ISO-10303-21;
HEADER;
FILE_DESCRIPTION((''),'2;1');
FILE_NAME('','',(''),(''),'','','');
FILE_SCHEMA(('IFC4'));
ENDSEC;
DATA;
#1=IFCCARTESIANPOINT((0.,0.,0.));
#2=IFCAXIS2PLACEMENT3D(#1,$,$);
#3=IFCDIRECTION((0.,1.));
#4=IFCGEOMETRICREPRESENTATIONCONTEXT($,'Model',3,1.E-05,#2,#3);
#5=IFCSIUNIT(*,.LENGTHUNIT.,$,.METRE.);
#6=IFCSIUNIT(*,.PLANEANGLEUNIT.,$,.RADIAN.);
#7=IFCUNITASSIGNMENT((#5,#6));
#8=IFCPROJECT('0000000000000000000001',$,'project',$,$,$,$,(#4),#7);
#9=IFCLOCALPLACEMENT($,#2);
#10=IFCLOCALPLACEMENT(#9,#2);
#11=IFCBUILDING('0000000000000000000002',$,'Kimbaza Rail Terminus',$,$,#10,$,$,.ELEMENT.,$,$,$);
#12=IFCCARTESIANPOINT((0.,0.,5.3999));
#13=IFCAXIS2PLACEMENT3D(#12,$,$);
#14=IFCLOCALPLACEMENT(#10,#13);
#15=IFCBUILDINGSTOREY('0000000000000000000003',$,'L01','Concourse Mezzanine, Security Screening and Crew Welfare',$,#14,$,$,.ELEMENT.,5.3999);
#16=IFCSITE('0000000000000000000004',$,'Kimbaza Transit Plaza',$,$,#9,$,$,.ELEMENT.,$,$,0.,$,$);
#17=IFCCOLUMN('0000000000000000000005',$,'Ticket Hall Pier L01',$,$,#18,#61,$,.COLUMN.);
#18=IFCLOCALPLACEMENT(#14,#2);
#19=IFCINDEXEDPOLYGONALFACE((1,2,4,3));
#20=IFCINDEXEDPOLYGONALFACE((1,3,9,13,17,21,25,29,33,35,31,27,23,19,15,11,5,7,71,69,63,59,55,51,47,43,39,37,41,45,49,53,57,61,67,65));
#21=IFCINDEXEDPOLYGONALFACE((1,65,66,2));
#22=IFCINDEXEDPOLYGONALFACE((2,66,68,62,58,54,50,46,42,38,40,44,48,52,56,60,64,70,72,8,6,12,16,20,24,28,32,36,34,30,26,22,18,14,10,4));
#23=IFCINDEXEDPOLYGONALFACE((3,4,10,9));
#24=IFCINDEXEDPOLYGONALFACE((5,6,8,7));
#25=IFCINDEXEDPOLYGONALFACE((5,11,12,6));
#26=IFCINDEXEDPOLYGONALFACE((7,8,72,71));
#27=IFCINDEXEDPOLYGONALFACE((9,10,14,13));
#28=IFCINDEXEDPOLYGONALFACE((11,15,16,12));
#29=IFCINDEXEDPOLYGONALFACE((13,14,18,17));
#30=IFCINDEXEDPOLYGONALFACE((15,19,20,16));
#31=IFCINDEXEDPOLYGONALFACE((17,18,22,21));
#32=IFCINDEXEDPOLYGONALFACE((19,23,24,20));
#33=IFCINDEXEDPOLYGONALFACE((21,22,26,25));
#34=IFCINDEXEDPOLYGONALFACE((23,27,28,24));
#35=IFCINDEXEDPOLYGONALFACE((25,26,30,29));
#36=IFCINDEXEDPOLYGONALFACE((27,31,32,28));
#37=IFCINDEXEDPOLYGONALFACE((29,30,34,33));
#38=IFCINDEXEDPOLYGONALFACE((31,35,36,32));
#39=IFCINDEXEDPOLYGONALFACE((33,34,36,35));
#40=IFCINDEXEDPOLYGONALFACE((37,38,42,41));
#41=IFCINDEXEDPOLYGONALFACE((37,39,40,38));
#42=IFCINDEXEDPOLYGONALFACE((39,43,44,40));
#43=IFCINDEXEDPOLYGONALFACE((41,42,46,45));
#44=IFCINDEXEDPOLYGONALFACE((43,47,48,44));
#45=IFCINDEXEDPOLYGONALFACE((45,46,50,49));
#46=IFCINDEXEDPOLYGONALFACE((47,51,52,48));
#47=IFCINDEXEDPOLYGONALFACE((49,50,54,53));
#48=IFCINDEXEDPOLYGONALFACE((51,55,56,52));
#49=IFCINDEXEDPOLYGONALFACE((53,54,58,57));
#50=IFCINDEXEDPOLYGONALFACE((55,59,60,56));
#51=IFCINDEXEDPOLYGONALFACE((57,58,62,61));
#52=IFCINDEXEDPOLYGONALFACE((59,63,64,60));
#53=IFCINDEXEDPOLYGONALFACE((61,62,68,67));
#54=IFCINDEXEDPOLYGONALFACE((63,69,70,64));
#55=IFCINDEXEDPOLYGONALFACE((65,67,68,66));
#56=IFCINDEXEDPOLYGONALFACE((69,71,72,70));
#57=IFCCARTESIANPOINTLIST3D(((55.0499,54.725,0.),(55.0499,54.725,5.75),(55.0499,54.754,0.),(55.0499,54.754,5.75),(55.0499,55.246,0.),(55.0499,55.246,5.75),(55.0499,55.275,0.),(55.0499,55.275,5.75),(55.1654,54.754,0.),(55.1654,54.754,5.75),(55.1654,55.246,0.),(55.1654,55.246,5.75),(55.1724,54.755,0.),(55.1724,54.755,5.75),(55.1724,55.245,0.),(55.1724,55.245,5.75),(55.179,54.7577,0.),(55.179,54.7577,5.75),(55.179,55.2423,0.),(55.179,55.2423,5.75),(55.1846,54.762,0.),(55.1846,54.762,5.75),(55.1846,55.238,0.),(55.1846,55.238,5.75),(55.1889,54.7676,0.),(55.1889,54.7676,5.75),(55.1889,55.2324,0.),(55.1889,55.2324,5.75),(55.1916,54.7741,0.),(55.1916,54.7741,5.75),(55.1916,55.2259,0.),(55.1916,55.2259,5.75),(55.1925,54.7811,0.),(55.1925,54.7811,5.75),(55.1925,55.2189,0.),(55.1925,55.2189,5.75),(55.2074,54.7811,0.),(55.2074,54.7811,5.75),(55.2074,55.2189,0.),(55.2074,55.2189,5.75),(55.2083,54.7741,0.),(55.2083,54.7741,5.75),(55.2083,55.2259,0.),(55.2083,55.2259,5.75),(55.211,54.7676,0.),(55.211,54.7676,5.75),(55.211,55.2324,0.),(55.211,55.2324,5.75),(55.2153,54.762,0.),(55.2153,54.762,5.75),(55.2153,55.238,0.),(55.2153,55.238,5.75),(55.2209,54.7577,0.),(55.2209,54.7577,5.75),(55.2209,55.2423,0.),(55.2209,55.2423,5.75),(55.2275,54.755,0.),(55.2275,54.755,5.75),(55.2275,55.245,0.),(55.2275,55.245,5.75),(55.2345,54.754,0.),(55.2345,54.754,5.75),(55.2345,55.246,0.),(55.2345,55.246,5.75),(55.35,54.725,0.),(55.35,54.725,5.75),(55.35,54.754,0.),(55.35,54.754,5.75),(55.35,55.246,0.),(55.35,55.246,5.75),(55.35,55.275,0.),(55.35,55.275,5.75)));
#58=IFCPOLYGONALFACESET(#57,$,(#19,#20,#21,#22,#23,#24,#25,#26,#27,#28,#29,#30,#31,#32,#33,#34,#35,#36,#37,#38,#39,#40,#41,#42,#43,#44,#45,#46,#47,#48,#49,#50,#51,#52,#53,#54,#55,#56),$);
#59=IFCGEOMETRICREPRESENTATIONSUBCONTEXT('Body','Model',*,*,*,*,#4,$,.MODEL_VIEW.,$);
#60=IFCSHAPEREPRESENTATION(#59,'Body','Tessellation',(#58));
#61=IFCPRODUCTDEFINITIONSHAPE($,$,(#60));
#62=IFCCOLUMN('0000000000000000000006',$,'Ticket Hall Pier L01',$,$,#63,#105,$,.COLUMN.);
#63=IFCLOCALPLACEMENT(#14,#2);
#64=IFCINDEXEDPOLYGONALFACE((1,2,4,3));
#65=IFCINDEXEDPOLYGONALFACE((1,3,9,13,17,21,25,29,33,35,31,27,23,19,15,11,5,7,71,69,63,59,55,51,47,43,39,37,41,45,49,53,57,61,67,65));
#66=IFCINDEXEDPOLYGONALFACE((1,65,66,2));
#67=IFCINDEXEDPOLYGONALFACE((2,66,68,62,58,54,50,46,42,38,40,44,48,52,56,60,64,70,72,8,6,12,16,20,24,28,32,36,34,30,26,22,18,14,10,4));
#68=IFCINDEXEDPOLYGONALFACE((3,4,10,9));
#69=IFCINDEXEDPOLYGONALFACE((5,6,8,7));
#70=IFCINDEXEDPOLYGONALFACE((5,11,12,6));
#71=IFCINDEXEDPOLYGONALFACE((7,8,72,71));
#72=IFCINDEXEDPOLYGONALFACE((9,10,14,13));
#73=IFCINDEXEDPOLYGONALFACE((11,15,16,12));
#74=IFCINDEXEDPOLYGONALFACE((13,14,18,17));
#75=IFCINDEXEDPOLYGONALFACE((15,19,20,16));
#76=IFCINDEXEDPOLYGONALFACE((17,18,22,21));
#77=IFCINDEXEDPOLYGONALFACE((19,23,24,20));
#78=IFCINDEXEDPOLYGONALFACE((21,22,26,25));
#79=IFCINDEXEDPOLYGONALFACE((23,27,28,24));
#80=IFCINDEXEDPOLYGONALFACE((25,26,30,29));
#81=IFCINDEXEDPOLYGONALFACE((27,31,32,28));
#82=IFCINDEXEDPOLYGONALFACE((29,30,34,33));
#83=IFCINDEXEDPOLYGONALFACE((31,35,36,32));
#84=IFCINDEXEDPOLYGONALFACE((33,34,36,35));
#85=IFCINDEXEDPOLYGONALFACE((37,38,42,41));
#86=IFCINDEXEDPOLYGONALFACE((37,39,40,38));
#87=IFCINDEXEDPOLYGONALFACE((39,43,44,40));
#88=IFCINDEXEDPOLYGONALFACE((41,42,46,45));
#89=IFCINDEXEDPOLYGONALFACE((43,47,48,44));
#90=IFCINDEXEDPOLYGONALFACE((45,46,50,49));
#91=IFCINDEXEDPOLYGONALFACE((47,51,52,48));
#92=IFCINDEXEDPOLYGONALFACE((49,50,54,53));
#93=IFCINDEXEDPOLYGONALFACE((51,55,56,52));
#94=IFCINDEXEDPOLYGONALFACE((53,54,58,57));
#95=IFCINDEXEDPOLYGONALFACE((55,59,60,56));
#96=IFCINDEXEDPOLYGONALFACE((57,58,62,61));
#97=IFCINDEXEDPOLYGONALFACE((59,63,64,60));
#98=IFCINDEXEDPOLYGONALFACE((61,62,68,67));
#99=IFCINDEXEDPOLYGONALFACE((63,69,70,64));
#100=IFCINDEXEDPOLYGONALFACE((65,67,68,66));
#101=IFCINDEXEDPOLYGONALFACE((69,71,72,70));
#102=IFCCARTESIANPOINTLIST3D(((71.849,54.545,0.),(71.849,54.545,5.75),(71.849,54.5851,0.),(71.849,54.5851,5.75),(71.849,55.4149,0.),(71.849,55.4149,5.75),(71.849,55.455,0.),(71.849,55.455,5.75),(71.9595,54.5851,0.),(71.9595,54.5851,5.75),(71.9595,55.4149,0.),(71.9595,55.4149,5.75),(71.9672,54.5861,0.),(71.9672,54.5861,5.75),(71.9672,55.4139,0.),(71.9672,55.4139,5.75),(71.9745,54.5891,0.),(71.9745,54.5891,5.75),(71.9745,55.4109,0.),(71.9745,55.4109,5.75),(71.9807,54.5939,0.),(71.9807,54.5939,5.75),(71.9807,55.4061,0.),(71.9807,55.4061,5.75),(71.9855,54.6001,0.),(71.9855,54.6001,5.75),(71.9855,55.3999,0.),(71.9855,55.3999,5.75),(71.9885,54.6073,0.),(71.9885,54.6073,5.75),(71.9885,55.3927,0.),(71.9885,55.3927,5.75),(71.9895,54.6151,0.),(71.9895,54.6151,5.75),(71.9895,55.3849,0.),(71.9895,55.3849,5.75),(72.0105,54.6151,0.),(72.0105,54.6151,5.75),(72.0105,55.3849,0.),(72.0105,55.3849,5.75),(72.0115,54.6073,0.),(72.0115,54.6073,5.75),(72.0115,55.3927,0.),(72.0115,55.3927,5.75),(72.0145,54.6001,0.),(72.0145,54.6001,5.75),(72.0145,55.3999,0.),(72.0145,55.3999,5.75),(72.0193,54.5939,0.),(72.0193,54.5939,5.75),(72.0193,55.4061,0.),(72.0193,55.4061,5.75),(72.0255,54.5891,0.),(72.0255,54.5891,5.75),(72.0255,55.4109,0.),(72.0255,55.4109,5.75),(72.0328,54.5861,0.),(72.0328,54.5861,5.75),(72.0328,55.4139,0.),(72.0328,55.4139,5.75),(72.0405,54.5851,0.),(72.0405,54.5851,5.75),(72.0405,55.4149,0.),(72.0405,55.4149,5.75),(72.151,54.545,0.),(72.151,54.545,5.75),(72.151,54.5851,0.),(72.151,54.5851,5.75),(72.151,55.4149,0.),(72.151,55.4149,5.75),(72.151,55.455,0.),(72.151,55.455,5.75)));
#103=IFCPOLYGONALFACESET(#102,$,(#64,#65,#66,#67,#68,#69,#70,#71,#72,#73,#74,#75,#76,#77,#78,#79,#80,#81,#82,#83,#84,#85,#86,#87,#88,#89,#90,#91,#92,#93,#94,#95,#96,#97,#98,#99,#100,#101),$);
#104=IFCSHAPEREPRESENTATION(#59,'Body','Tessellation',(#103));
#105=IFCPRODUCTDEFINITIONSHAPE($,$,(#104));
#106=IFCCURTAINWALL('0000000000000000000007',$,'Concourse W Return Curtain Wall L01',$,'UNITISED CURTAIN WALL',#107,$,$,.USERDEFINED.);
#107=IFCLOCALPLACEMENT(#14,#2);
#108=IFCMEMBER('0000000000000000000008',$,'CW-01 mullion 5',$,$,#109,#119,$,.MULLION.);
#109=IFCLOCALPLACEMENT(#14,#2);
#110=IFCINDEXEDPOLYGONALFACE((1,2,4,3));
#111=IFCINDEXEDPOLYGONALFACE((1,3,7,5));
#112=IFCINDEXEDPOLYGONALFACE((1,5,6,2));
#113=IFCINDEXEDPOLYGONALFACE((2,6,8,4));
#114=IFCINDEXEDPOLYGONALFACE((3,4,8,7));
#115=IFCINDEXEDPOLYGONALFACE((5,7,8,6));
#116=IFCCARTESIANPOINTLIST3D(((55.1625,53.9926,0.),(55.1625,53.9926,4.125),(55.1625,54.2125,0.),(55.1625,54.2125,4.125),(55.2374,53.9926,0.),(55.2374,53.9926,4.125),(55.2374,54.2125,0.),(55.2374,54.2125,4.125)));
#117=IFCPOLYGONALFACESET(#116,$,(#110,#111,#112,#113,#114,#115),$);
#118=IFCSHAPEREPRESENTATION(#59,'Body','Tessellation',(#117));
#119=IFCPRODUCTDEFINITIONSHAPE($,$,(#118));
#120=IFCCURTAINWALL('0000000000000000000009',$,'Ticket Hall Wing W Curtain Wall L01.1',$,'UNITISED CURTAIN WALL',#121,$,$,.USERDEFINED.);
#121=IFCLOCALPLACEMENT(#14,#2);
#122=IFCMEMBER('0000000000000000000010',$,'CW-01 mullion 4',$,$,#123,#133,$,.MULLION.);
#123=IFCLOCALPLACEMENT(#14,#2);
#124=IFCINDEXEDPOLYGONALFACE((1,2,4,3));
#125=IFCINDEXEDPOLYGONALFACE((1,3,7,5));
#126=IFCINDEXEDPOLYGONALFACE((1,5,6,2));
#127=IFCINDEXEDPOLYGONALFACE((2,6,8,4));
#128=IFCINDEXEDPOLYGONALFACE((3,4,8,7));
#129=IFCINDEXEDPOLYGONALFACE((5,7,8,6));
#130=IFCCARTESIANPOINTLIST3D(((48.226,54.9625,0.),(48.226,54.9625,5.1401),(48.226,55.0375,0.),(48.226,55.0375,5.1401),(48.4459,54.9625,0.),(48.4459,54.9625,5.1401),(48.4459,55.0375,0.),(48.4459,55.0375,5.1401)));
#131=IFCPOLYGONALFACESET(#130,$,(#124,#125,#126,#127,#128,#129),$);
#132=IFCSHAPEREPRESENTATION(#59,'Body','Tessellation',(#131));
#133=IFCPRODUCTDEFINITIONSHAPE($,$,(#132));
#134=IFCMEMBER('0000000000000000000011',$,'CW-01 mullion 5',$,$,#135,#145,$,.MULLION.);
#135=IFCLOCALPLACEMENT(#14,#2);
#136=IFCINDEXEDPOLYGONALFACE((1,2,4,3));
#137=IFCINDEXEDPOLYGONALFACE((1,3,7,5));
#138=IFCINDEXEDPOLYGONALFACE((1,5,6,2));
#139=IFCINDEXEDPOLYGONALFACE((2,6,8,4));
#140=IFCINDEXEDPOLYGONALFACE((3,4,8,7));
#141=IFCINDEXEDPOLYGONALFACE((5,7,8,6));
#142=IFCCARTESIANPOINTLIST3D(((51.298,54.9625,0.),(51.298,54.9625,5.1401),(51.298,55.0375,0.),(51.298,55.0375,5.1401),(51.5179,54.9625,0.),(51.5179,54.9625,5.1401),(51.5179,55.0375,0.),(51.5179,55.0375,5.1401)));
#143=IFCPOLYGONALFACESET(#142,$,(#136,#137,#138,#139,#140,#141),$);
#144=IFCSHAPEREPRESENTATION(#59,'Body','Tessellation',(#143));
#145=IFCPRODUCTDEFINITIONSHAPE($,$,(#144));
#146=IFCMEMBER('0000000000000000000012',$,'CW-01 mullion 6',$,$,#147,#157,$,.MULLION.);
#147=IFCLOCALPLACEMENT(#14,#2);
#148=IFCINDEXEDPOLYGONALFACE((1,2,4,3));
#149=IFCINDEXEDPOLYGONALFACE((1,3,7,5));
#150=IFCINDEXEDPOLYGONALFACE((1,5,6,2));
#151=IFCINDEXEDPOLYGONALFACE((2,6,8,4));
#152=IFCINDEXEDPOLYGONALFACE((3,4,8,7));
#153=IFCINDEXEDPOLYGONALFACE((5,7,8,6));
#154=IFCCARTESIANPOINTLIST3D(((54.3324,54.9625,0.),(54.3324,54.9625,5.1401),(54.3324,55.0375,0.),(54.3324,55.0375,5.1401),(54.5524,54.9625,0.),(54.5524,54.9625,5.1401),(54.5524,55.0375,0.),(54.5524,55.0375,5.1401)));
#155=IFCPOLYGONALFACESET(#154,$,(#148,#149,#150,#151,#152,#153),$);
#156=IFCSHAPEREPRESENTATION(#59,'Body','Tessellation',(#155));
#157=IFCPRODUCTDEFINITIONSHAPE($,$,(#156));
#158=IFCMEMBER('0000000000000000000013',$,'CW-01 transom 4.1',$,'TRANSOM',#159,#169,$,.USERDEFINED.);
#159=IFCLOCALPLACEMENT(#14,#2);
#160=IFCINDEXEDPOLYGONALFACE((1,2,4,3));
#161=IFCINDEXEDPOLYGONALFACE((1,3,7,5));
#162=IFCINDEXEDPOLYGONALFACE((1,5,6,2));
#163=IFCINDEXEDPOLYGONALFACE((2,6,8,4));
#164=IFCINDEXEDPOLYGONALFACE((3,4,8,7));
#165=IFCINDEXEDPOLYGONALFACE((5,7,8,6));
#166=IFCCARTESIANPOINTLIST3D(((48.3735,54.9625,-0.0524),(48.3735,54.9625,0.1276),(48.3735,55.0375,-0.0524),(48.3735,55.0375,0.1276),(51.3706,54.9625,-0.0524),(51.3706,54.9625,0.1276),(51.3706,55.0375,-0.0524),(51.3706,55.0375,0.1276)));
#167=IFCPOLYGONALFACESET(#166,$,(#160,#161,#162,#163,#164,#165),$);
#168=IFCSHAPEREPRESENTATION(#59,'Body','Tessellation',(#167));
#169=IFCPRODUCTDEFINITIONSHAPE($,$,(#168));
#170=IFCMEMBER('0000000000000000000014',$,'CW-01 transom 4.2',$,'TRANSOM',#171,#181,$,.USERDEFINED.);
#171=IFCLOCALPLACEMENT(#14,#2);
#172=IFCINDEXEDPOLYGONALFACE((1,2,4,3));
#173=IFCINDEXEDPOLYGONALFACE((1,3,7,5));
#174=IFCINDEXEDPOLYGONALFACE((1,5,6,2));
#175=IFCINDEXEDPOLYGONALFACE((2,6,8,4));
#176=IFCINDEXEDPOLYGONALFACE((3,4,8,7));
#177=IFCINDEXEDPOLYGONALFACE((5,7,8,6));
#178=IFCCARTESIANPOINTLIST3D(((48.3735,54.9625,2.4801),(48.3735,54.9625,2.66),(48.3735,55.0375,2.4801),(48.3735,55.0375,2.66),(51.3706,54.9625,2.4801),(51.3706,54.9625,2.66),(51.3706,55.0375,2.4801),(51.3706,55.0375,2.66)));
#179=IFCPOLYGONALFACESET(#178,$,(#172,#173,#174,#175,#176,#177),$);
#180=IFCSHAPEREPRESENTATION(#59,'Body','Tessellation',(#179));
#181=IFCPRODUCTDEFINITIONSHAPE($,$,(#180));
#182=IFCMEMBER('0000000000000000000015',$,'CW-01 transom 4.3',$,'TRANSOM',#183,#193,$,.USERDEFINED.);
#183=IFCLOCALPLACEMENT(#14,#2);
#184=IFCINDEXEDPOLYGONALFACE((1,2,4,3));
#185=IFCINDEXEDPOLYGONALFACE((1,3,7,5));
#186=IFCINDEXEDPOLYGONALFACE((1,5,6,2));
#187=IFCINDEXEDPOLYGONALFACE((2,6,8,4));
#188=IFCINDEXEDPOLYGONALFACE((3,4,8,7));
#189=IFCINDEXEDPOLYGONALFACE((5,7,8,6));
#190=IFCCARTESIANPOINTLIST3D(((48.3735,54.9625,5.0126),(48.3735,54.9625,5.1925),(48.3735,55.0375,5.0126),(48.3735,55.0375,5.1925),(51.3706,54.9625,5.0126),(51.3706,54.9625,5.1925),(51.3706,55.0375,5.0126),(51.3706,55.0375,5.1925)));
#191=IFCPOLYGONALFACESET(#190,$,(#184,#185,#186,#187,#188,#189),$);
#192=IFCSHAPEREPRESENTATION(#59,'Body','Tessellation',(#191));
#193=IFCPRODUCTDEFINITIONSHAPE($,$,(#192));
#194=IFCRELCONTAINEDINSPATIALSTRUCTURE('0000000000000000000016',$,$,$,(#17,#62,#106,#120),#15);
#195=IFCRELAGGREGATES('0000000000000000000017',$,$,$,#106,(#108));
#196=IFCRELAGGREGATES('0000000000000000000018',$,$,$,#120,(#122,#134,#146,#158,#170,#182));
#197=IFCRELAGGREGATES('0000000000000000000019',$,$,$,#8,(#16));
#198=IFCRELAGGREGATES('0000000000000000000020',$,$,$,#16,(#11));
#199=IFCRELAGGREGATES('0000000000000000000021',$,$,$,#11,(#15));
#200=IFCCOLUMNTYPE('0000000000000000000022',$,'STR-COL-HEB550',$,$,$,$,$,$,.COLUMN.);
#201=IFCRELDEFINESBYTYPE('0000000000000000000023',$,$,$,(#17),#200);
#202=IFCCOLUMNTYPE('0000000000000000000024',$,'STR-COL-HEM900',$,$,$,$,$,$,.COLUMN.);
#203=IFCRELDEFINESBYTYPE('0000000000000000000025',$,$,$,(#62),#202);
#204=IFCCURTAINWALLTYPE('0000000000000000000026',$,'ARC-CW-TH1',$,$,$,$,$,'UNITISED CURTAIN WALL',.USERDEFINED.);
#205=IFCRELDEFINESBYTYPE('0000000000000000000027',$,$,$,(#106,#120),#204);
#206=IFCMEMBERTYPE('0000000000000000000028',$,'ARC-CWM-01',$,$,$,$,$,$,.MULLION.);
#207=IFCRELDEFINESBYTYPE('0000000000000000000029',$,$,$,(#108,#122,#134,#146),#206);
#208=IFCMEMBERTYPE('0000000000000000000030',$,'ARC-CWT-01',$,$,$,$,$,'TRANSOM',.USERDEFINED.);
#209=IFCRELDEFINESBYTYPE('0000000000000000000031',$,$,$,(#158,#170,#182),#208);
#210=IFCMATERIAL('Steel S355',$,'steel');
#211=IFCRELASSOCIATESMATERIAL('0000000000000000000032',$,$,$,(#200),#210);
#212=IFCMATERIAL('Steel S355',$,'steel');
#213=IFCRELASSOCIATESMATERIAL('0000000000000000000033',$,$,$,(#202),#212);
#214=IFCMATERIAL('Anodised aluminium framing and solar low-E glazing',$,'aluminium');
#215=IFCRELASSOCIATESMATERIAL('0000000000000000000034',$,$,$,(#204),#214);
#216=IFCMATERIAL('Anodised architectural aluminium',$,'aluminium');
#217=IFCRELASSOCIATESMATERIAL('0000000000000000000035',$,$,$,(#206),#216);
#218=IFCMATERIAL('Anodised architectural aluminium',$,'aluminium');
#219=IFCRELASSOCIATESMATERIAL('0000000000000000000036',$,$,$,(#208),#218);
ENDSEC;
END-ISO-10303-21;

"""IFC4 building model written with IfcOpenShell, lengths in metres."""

from ifc_helpers import new_model, si_unit, direction, frame, origin, origin_2d, place, context, subcontext, project, spatial, rectangle, i_section, extrude, material, material_profile, profile_set, type_object, element, aggregate, save


model = new_model("IFC4")

# Units and contexts
model_context = context("Model", 3, precision=1e-05, world=origin(), true_north=direction((0.0, 1.0)))
body_context = subcontext(model_context, "Body", "Model", "MODEL_VIEW")
ifc_project = project(units=[si_unit("LENGTHUNIT", "METRE"), si_unit("PLANEANGLEUNIT", "RADIAN")], contexts=[model_context])

# Site, building, storey
site_placement = place(None, origin())
site = spatial("IfcSite", under=ifc_project, at=site_placement, Name="Kimbaza Transit Plaza", CompositionType="ELEMENT", RefElevation=0.0)
building_placement = place(site_placement, origin())
building = spatial("IfcBuilding", under=site, at=building_placement, Name="Kimbaza Rail Terminus", CompositionType="ELEMENT")
storey_placement = place(building_placement, frame((0.0, 0.0, 5.3999)))
storey = spatial("IfcBuildingStorey", under=building, at=storey_placement, Name="L01", Description="Concourse Mezzanine, Security Screening and Crew Welfare", CompositionType="ELEMENT", Elevation=5.3999)

# Columns
ifc_material_1 = material(Name="Steel S355", Category="steel")
ifc_material_profile_1 = material_profile(ifc_material_1, i_section(OverallWidth=0.3, OverallDepth=0.55, WebThickness=0.0149, FlangeThickness=0.0291, FilletRadius=0.0271, at=origin_2d()), Name="HEB 550")
ifc_profile_set_1 = profile_set([ifc_material_profile_1], Name="Steel S355")
column_type_1 = type_object("IfcColumnType", Name="STR-COL-HEB550", PredefinedType="COLUMN", material=ifc_profile_set_1)
column_1_placement = place(storey_placement, frame((55.2, 55.0, 0.0), z_axis=(0.0, 0.0, 1.0), x_axis=(1.0, 0.0, 0.0)))
element("IfcColumn", 1, at=column_1_placement, inside=storey, type_object=column_type_1, Name="Ticket Hall Pier L01", PredefinedType="COLUMN", context=body_context, shape_type="SweptSolid", body=[
    extrude(i_section(OverallWidth=0.3, OverallDepth=0.55, WebThickness=0.0149, FlangeThickness=0.0291, FilletRadius=0.0271, at=origin_2d()), origin(), (0.0, 0.0, 1.0), 5.75),
])
ifc_material_2 = material(Name="Steel S355", Category="steel")
ifc_material_profile_2 = material_profile(ifc_material_2, i_section(OverallWidth=0.302, OverallDepth=0.9099, WebThickness=0.021, FlangeThickness=0.04, FilletRadius=0.03, at=origin_2d()), Name="HEM 900")
ifc_profile_set_2 = profile_set([ifc_material_profile_2], Name="Steel S355")
column_type_2 = type_object("IfcColumnType", Name="STR-COL-HEM900", PredefinedType="COLUMN", material=ifc_profile_set_2)
column_2_placement = place(storey_placement, frame((72.0, 55.0, 0.0), z_axis=(0.0, 0.0, 1.0), x_axis=(1.0, 0.0, 0.0)))
element("IfcColumn", 2, at=column_2_placement, inside=storey, type_object=column_type_2, Name="Ticket Hall Pier L01", PredefinedType="COLUMN", context=body_context, shape_type="SweptSolid", body=[
    extrude(i_section(OverallWidth=0.302, OverallDepth=0.9099, WebThickness=0.021, FlangeThickness=0.04, FilletRadius=0.03, at=origin_2d()), origin(), (0.0, 0.0, 1.0), 5.75),
])

# Curtain wall, member
ifc_material_3 = material(Name="Anodised aluminium framing and solar low-E glazing", Category="aluminium")
curtain_wall_type = type_object("IfcCurtainWallType", Name="ARC-CW-TH1", ElementType="UNITISED CURTAIN WALL", PredefinedType="USERDEFINED", material=ifc_material_3)
curtain_wall_1_placement = place(storey_placement, origin())
curtain_wall_1 = element("IfcCurtainWall", 3, at=curtain_wall_1_placement, inside=storey, type_object=curtain_wall_type, Name="Concourse W Return Curtain Wall L01", ObjectType="UNITISED CURTAIN WALL", PredefinedType="USERDEFINED")
ifc_material_4 = material(Name="Anodised architectural aluminium", Category="aluminium")
ifc_material_profile_3 = material_profile(ifc_material_4, rectangle(XDim=0.075, YDim=0.22, at=origin_2d()), Name="MULLION 75x220")
ifc_profile_set_3 = profile_set([ifc_material_profile_3], Name="Anodised architectural aluminium")
member_type_1 = type_object("IfcMemberType", Name="ARC-CWM-01", PredefinedType="MULLION", material=ifc_profile_set_3)
member_1_placement = place(storey_placement, frame((55.2, 54.1025, 0.0), z_axis=(0.0, 0.0, 1.0), x_axis=(-1.0, 0.0, 0.0)))
member_1 = element("IfcMember", 4, at=member_1_placement, type_object=member_type_1, Name="CW-01 mullion 5", PredefinedType="MULLION", context=body_context, shape_type="SweptSolid", body=[
    extrude(rectangle(XDim=0.075, YDim=0.22, at=origin_2d()), origin(), (0.0, 0.0, 1.0), 4.125),
])
aggregate(curtain_wall_1, [member_1])

# Curtain wall, members
curtain_wall_2_placement = place(storey_placement, origin())
curtain_wall_2 = element("IfcCurtainWall", 5, at=curtain_wall_2_placement, inside=storey, type_object=curtain_wall_type, Name="Ticket Hall Wing W Curtain Wall L01.1", ObjectType="UNITISED CURTAIN WALL", PredefinedType="USERDEFINED")
member_2_placement = place(storey_placement, frame((48.3359, 55.0, 0.0), z_axis=(0.0, 0.0, 1.0), x_axis=(0.0, 1.0, 0.0)))
member_2 = element("IfcMember", 6, at=member_2_placement, type_object=member_type_1, Name="CW-01 mullion 4", PredefinedType="MULLION", context=body_context, shape_type="SweptSolid", body=[
    extrude(rectangle(XDim=0.075, YDim=0.22, at=origin_2d()), origin(), (0.0, 0.0, 1.0), 5.1401),
])
member_3_placement = place(storey_placement, frame((51.408, 55.0, 0.0), z_axis=(0.0, 0.0, 1.0), x_axis=(0.0, 1.0, 0.0)))
member_3 = element("IfcMember", 7, at=member_3_placement, type_object=member_type_1, Name="CW-01 mullion 5", PredefinedType="MULLION", context=body_context, shape_type="SweptSolid", body=[
    extrude(rectangle(XDim=0.075, YDim=0.22, at=origin_2d()), origin(), (0.0, 0.0, 1.0), 5.1401),
])
member_4_placement = place(storey_placement, frame((54.4424, 55.0, 0.0), z_axis=(0.0, 0.0, 1.0), x_axis=(0.0, 1.0, 0.0)))
member_4 = element("IfcMember", 8, at=member_4_placement, type_object=member_type_1, Name="CW-01 mullion 6", PredefinedType="MULLION", context=body_context, shape_type="SweptSolid", body=[
    extrude(rectangle(XDim=0.075, YDim=0.22, at=origin_2d()), origin(), (0.0, 0.0, 1.0), 5.1401),
])
ifc_material_5 = material(Name="Anodised architectural aluminium", Category="aluminium")
ifc_material_profile_4 = material_profile(ifc_material_5, rectangle(XDim=0.075, YDim=0.1799, at=origin_2d()), Name="TRANSOM 75x180")
ifc_profile_set_4 = profile_set([ifc_material_profile_4], Name="Anodised architectural aluminium")
member_type_2 = type_object("IfcMemberType", Name="ARC-CWT-01", ElementType="TRANSOM", PredefinedType="USERDEFINED", material=ifc_profile_set_4)
member_5_placement = place(storey_placement, frame((48.3735, 55.0, 0.0376), z_axis=(1.0, 0.0, 0.0), x_axis=(0.0, 1.0, 0.0)))
member_5 = element("IfcMember", 9, at=member_5_placement, type_object=member_type_2, Name="CW-01 transom 4.1", ObjectType="TRANSOM", PredefinedType="USERDEFINED", context=body_context, shape_type="SweptSolid", body=[
    extrude(rectangle(XDim=0.075, YDim=0.1799, at=origin_2d()), origin(), (0.0, 0.0, 1.0), 2.9971),
])
member_6_placement = place(storey_placement, frame((48.3735, 55.0, 2.5701), z_axis=(1.0, 0.0, 0.0), x_axis=(0.0, 1.0, 0.0)))
member_6 = element("IfcMember", 10, at=member_6_placement, type_object=member_type_2, Name="CW-01 transom 4.2", ObjectType="TRANSOM", PredefinedType="USERDEFINED", context=body_context, shape_type="SweptSolid", body=[
    extrude(rectangle(XDim=0.075, YDim=0.1799, at=origin_2d()), origin(), (0.0, 0.0, 1.0), 2.9971),
])
member_7_placement = place(storey_placement, frame((48.3735, 55.0, 5.1025), z_axis=(1.0, 0.0, 0.0), x_axis=(0.0, 1.0, 0.0)))
member_7 = element("IfcMember", 11, at=member_7_placement, type_object=member_type_2, Name="CW-01 transom 4.3", ObjectType="TRANSOM", PredefinedType="USERDEFINED", context=body_context, shape_type="SweptSolid", body=[
    extrude(rectangle(XDim=0.075, YDim=0.1799, at=origin_2d()), origin(), (0.0, 0.0, 1.0), 2.9971),
])

aggregate(curtain_wall_2, [member_2, member_3, member_4, member_5, member_6, member_7])

save(model, "model.ifc")
